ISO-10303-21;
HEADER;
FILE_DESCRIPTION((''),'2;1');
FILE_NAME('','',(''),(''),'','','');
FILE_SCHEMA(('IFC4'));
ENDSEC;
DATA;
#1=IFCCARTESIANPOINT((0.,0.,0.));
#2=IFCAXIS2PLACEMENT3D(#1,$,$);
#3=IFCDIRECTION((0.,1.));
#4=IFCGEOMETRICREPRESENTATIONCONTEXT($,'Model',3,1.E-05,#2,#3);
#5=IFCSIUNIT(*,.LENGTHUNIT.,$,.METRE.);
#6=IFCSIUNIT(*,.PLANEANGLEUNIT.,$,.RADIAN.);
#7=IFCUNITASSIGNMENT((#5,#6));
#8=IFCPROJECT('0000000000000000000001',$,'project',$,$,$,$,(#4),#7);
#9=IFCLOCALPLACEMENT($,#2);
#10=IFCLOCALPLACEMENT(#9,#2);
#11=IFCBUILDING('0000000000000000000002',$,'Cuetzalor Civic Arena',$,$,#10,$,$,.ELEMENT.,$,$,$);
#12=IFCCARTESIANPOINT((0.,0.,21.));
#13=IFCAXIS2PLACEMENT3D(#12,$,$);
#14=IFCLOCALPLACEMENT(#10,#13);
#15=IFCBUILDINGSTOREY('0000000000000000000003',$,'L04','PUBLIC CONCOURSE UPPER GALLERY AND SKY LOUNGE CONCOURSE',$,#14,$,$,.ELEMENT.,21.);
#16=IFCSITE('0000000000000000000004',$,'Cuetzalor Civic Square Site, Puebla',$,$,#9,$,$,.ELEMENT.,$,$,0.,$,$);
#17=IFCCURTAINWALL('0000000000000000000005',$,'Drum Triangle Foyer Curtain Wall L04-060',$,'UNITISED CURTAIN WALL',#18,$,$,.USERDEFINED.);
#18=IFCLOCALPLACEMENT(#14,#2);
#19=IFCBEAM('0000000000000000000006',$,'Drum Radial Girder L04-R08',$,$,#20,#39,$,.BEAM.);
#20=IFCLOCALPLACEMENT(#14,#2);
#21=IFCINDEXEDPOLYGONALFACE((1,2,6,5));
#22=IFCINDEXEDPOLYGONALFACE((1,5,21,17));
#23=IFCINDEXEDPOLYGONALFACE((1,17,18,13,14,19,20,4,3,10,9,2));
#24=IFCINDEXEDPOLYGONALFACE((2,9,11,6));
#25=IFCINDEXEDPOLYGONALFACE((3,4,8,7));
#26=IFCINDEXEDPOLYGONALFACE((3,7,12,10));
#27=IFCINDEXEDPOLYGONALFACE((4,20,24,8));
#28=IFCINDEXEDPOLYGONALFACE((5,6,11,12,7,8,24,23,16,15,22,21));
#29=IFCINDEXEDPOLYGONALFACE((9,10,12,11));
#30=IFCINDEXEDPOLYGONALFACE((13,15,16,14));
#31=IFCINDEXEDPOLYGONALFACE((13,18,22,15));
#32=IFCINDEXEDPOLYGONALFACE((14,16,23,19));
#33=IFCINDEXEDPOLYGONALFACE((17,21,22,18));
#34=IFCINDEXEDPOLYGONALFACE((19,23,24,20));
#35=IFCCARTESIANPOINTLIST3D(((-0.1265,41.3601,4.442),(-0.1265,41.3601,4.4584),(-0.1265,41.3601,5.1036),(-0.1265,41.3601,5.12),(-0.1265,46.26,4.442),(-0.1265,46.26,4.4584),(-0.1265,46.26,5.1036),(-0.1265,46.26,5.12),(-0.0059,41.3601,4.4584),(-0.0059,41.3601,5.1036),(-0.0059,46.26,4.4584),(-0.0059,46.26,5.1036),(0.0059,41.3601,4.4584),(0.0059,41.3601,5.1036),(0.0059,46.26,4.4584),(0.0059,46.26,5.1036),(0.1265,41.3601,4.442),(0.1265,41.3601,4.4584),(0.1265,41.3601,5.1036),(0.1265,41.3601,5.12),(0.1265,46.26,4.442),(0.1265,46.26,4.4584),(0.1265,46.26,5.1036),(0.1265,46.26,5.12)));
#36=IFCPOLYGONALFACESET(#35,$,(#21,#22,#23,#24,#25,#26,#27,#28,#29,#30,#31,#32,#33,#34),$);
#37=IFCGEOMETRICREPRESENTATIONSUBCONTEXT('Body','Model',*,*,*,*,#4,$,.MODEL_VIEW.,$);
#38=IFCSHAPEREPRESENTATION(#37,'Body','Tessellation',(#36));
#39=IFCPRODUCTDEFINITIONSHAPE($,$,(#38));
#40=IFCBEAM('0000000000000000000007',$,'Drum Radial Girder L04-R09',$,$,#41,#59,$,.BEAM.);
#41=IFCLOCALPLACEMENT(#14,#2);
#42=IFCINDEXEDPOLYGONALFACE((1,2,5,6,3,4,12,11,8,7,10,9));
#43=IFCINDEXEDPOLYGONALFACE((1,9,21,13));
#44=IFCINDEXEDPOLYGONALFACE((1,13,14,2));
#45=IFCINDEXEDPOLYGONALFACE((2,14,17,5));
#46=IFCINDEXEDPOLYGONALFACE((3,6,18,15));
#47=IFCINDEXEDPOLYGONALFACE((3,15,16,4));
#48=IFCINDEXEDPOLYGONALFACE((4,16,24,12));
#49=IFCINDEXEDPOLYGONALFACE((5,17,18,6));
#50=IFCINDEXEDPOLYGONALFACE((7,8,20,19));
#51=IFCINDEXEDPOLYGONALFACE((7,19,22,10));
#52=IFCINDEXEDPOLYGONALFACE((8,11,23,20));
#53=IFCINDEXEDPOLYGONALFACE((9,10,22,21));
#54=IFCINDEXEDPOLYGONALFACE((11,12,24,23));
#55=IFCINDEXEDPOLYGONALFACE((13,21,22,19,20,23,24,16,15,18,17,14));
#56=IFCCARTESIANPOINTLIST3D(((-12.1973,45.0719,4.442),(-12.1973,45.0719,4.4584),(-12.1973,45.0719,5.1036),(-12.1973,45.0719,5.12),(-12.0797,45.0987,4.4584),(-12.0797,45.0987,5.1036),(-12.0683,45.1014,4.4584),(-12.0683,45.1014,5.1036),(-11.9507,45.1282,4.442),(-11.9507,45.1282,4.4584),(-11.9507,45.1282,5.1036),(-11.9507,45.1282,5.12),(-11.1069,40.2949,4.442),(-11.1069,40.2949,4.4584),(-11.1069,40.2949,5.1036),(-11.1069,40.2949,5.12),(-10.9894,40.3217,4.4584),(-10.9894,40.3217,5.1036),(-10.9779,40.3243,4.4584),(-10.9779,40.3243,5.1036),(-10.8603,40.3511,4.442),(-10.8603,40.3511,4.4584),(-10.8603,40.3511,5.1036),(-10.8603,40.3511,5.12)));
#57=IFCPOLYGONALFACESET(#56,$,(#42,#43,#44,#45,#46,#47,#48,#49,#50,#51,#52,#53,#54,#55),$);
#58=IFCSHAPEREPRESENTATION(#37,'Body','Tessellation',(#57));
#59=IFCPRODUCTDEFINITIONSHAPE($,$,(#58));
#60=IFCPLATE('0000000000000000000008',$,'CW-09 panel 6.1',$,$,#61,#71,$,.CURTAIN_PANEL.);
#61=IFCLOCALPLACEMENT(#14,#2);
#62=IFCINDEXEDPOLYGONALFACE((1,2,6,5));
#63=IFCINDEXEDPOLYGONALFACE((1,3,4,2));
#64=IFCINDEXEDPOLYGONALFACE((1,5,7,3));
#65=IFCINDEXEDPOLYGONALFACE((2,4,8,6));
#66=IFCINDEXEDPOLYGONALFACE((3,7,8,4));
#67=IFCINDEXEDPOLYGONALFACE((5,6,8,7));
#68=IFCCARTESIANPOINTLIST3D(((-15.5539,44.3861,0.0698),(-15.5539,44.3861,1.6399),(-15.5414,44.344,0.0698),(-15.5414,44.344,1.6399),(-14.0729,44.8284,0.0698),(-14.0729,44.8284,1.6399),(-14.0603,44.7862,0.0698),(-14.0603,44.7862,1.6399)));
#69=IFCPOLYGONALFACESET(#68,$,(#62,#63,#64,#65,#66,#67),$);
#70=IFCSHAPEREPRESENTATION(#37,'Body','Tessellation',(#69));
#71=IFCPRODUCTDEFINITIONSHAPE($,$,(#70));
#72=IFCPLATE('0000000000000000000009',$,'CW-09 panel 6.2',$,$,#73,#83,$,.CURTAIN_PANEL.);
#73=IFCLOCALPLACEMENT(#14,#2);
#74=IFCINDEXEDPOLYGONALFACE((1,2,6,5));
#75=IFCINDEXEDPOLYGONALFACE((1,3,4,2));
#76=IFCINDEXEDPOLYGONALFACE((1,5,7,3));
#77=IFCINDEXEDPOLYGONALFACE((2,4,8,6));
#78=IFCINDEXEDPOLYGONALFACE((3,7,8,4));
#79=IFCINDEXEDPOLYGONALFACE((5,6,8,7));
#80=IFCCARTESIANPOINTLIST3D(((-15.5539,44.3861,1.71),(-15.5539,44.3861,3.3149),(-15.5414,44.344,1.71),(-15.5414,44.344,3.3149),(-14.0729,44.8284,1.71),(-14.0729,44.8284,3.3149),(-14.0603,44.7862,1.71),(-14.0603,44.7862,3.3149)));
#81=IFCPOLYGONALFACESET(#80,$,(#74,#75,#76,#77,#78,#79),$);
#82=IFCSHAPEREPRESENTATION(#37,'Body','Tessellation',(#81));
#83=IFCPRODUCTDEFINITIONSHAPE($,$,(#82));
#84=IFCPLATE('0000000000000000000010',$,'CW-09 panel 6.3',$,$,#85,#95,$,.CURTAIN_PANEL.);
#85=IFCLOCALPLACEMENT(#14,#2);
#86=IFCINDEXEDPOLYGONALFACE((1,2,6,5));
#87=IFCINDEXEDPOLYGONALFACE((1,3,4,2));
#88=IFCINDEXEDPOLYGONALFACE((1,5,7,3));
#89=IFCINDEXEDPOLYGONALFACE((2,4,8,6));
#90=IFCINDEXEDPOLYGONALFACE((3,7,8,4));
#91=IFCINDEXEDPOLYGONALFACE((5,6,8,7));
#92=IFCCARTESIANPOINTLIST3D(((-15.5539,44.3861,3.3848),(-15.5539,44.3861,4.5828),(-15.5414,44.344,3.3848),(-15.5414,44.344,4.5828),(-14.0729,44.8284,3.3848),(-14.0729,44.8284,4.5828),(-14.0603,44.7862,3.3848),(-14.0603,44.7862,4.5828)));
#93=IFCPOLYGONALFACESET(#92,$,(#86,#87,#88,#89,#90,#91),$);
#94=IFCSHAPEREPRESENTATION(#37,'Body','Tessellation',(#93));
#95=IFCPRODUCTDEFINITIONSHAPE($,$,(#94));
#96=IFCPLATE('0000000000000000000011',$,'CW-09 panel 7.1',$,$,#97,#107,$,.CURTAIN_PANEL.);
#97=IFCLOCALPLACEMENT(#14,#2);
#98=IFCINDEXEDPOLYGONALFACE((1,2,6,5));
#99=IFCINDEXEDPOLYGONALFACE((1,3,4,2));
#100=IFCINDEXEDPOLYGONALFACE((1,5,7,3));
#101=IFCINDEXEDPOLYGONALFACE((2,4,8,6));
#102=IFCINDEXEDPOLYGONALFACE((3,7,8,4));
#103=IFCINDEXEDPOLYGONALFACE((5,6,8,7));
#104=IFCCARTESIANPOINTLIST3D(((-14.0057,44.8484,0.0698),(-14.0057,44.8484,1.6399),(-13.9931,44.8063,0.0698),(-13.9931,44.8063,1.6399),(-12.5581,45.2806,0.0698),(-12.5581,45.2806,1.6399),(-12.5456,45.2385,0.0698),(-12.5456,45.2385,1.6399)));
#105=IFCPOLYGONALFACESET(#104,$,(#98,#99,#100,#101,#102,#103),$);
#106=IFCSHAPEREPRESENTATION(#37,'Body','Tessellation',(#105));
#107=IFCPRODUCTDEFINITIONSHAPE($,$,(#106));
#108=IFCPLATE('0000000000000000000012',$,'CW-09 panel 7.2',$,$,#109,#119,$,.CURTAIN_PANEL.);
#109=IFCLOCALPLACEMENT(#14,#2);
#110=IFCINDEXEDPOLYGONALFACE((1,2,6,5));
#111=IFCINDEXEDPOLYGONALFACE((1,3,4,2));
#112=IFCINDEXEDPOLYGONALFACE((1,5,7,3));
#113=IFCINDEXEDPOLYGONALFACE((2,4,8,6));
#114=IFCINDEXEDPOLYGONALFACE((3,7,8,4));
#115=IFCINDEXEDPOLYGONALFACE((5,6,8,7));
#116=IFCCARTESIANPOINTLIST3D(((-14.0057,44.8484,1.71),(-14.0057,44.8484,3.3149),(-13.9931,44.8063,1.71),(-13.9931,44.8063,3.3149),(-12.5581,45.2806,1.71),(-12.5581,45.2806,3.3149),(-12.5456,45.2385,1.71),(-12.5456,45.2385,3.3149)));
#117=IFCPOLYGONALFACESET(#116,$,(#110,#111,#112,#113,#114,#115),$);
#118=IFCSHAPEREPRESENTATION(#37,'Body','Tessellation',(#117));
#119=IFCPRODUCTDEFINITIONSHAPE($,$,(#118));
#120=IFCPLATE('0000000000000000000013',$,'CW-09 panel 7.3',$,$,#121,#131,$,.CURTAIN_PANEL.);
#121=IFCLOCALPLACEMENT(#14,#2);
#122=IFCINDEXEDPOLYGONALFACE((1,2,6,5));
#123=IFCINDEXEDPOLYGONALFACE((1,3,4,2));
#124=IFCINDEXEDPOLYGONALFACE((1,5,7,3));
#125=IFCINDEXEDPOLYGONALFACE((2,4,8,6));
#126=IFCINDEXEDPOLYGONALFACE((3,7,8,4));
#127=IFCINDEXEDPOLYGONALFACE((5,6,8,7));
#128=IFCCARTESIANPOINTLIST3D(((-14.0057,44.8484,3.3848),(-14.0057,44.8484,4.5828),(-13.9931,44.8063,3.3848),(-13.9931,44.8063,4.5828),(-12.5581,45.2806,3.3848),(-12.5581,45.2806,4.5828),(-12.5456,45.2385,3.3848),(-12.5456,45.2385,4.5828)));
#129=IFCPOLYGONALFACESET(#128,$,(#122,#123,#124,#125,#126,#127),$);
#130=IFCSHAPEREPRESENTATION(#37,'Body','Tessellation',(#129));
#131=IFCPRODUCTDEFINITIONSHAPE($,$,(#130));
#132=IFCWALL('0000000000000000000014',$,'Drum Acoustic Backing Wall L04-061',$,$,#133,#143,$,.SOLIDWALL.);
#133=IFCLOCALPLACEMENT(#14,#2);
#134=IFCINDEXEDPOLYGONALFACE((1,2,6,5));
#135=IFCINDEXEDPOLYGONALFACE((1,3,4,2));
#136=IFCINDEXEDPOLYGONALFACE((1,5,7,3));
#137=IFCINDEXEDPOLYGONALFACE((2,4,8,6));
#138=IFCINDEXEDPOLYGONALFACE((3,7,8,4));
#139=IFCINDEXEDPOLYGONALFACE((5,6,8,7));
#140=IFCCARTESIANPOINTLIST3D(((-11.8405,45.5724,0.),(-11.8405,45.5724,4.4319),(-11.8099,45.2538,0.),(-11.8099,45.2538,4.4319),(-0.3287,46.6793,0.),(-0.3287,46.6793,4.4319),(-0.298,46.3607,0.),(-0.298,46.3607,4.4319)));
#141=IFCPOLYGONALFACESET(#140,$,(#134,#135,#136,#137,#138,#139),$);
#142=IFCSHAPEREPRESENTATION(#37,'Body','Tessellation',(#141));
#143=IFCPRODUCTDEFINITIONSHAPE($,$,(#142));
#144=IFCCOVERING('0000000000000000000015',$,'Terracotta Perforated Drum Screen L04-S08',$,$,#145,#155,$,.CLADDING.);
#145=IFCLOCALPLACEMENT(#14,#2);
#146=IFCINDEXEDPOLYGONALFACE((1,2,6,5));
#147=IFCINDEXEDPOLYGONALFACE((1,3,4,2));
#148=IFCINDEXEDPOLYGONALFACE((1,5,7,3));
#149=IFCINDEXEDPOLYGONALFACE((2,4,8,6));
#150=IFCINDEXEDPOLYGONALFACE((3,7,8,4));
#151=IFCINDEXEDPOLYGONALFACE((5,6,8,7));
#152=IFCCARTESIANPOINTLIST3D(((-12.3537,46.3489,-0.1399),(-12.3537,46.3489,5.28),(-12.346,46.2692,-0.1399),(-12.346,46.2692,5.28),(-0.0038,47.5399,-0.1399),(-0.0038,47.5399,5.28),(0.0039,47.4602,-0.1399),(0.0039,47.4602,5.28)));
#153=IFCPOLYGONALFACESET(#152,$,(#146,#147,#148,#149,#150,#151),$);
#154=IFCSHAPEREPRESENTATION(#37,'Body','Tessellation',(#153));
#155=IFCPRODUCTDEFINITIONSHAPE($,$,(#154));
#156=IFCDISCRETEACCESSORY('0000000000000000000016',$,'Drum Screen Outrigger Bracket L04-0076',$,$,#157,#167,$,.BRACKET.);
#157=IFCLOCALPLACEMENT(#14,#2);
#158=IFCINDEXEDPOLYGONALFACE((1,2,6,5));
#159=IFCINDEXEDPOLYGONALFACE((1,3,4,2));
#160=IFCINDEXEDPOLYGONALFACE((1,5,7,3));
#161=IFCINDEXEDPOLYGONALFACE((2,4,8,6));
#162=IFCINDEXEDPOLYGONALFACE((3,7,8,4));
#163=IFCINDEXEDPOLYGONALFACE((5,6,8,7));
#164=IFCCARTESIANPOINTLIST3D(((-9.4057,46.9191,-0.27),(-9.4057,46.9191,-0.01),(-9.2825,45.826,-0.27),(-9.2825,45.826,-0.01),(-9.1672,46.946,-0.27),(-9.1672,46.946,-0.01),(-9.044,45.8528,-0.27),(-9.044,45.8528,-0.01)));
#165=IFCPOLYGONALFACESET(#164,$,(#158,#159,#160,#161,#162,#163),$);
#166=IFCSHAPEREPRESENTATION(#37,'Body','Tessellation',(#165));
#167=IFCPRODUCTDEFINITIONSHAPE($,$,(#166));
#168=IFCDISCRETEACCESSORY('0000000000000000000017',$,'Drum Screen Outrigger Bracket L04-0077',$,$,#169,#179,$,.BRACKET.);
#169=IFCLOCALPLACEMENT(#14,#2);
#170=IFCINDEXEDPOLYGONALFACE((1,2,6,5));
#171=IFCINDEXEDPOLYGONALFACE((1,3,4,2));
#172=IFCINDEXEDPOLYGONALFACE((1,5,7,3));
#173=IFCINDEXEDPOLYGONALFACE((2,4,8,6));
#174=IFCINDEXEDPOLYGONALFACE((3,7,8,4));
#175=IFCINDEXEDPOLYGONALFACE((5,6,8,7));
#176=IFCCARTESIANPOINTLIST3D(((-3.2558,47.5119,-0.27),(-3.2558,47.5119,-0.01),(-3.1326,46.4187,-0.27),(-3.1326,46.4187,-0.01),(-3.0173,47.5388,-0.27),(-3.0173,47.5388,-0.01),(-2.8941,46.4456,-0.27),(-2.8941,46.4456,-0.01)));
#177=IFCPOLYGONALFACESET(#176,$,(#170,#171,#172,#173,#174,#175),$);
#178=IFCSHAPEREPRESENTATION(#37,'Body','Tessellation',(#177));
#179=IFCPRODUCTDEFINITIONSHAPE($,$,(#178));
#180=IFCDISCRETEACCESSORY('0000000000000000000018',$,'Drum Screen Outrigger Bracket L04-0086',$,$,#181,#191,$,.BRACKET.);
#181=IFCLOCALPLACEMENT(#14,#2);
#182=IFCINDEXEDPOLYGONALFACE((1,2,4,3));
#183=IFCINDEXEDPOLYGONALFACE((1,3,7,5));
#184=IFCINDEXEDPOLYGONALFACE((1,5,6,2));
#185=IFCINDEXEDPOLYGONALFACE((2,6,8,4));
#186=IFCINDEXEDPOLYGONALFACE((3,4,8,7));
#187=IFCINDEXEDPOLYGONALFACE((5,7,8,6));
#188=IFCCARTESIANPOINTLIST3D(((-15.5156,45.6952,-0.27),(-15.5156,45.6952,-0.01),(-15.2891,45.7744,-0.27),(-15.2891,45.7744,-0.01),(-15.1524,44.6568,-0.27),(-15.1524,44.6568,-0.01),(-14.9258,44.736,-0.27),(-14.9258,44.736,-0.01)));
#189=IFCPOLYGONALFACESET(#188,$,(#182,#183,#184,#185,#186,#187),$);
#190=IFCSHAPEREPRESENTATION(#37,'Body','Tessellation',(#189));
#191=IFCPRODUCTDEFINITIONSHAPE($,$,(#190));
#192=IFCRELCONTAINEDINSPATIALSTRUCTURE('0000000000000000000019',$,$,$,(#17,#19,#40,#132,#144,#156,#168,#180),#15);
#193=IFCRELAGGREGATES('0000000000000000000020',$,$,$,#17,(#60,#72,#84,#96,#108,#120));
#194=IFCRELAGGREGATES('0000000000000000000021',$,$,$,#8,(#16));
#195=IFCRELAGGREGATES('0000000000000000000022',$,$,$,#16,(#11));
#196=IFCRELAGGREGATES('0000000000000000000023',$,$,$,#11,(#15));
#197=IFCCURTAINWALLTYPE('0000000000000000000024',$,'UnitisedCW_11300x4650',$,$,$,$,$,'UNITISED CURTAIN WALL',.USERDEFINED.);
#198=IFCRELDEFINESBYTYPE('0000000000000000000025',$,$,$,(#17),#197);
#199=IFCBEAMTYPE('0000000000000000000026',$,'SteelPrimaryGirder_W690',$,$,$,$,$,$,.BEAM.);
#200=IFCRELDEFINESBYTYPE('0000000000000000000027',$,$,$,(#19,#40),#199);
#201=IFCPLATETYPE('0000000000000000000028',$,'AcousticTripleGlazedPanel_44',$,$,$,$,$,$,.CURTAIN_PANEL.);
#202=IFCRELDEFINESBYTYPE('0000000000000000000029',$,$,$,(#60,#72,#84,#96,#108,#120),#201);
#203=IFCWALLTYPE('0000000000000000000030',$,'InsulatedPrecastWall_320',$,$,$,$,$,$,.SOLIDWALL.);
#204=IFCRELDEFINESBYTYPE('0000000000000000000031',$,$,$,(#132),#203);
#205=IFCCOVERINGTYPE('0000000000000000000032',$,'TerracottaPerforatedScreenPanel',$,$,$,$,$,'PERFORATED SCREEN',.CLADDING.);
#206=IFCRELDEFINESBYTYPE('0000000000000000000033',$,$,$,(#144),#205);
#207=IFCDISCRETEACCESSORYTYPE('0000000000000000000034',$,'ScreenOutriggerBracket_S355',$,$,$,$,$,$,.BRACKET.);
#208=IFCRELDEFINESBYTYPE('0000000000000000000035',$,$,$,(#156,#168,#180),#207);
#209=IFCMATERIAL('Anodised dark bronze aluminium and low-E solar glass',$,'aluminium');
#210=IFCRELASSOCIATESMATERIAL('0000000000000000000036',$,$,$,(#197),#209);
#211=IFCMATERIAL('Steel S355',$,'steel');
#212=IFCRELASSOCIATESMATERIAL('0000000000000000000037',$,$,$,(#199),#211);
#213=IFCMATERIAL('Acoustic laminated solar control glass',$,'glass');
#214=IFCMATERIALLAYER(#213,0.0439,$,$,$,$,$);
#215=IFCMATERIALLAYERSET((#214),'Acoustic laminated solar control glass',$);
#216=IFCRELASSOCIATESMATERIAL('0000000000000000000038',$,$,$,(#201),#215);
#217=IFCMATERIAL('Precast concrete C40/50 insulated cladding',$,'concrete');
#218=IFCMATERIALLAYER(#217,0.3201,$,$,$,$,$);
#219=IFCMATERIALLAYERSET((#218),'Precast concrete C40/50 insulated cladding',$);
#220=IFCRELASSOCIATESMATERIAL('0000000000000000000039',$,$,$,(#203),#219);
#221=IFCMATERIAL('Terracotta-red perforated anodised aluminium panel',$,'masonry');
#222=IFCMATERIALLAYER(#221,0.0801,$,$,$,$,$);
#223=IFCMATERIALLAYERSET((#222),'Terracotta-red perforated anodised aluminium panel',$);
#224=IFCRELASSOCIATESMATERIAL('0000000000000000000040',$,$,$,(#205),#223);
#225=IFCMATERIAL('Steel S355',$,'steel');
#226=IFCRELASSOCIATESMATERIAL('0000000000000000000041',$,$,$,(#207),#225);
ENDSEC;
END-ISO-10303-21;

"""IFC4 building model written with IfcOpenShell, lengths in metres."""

from ifc_helpers import new_model, si_unit, direction, frame, frame_2d, origin, origin_2d, place, context, subcontext, project, spatial, rectangle, i_section, extrude, material, layer, layer_set, material_profile, profile_set, type_object, element, aggregate, save


model = new_model("IFC4")

# Units and contexts
model_context = context("Model", 3, precision=1e-05, world=origin(), true_north=direction((0.0, 1.0)))
body_context = subcontext(model_context, "Body", "Model", "MODEL_VIEW")
ifc_project = project(units=[si_unit("LENGTHUNIT", "METRE"), si_unit("PLANEANGLEUNIT", "RADIAN")], contexts=[model_context])

# Site, building, storey
site_placement = place(None, origin())
site = spatial("IfcSite", under=ifc_project, at=site_placement, Name="Cuetzalor Civic Square Site, Puebla", CompositionType="ELEMENT", RefElevation=0.0)
building_placement = place(site_placement, origin())
building = spatial("IfcBuilding", under=site, at=building_placement, Name="Cuetzalor Civic Arena", CompositionType="ELEMENT")
storey_placement = place(building_placement, frame((0.0, 0.0, 21.0)))
storey = spatial("IfcBuildingStorey", under=building, at=storey_placement, Name="L04", Description="PUBLIC CONCOURSE UPPER GALLERY AND SKY LOUNGE CONCOURSE", CompositionType="ELEMENT", Elevation=21.0)

# Curtain wall
ifc_material_1 = material(Name="Anodised dark bronze aluminium and low-E solar glass", Category="aluminium")
curtain_wall_type = type_object("IfcCurtainWallType", Name="UnitisedCW_11300x4650", ElementType="UNITISED CURTAIN WALL", PredefinedType="USERDEFINED", material=ifc_material_1)
curtain_wall_placement = place(storey_placement, origin())
curtain_wall = element("IfcCurtainWall", 1, at=curtain_wall_placement, inside=storey, type_object=curtain_wall_type, Name="Drum Triangle Foyer Curtain Wall L04-060", ObjectType="UNITISED CURTAIN WALL", PredefinedType="USERDEFINED")

# Beams
ifc_material_2 = material(Name="Steel S355", Category="steel")
ifc_material_profile_1 = material_profile(ifc_material_2, i_section(OverallWidth=0.2529, OverallDepth=0.678, WebThickness=0.0117, FlangeThickness=0.0164, at=origin_2d()), Name="W690x125")
ifc_profile_set_1 = profile_set([ifc_material_profile_1], Name="Steel S355")
beam_type_1 = type_object("IfcBeamType", Name="SteelPrimaryGirder_W690", PredefinedType="BEAM", material=ifc_profile_set_1)
for number, where, z_axis, x_axis, name in (
    (2, (0.0, 41.3601, 4.781), (0.0, 1.0, 0.0), (-1.0, 0.0, 0.0), "Drum Radial Girder L04-R08"),
    (3, (-10.9836, 40.323, 4.781), (-0.222519, 0.974928, 0.0), (-0.974928, -0.222519, 0.0), "Drum Radial Girder L04-R09"),
):
    element("IfcBeam", number, at=place(storey_placement, frame(where, z_axis=z_axis, x_axis=x_axis)), inside=storey, type_object=beam_type_1, Name=name, PredefinedType="BEAM", context=body_context, shape_type="SweptSolid", body=[
        extrude(i_section(OverallWidth=0.2529, OverallDepth=0.678, WebThickness=0.0117, FlangeThickness=0.0164, at=origin_2d()), origin(), (0.0, 0.0, 1.0), 4.8999),
    ])

# Plates
ifc_material_3 = material(Name="Acoustic laminated solar control glass", Category="glass")
ifc_layer_1 = layer(ifc_material_3, 0.0439)
ifc_layer_set_1 = layer_set([ifc_layer_1], Name="Acoustic laminated solar control glass")
plate_type = type_object("IfcPlateType", Name="AcousticTripleGlazedPanel_44", PredefinedType="CURTAIN_PANEL", material=ifc_layer_set_1)
plate_1_placement = place(storey_placement, frame((-14.8071, 44.5862, 0.0698), z_axis=(0.0, 0.0, 1.0), x_axis=(0.958194, 0.28612, 0.0)))
plate_1 = element("IfcPlate", 4, at=plate_1_placement, type_object=plate_type, Name="CW-09 panel 6.1", PredefinedType="CURTAIN_PANEL", context=body_context, shape_type="SweptSolid", body=[
    extrude(rectangle(XDim=1.5457, YDim=0.0439, at=origin_2d()), origin(), (0.0, 0.0, 1.0), 1.5701),
])
plate_2_placement = place(storey_placement, frame((-14.8071, 44.5862, 1.71), z_axis=(0.0, 0.0, 1.0), x_axis=(0.958194, 0.28612, 0.0)))
plate_2 = element("IfcPlate", 5, at=plate_2_placement, type_object=plate_type, Name="CW-09 panel 6.2", PredefinedType="CURTAIN_PANEL", context=body_context, shape_type="SweptSolid", body=[
    extrude(rectangle(XDim=1.5457, YDim=0.0439, at=origin_2d()), origin(), (0.0, 0.0, 1.0), 1.605),
])
plate_3_placement = place(storey_placement, frame((-14.8071, 44.5862, 3.3848), z_axis=(0.0, 0.0, 1.0), x_axis=(0.958194, 0.28612, 0.0)))
plate_3 = element("IfcPlate", 6, at=plate_3_placement, type_object=plate_type, Name="CW-09 panel 6.3", PredefinedType="CURTAIN_PANEL", context=body_context, shape_type="SweptSolid", body=[
    extrude(rectangle(XDim=1.5457, YDim=0.0439, at=origin_2d()), origin(), (0.0, 0.0, 1.0), 1.198),
])
plate_4_placement = place(storey_placement, frame((-13.2756, 45.0435, 0.0698), z_axis=(0.0, 0.0, 1.0), x_axis=(0.958194, 0.28612, 0.0)))
plate_4 = element("IfcPlate", 7, at=plate_4_placement, type_object=plate_type, Name="CW-09 panel 7.1", PredefinedType="CURTAIN_PANEL", context=body_context, shape_type="SweptSolid", body=[
    extrude(rectangle(XDim=1.5107, YDim=0.0439, at=origin_2d()), origin(), (0.0, 0.0, 1.0), 1.5701),
])
plate_5_placement = place(storey_placement, frame((-13.2756, 45.0435, 1.71), z_axis=(0.0, 0.0, 1.0), x_axis=(0.958194, 0.28612, 0.0)))
plate_5 = element("IfcPlate", 8, at=plate_5_placement, type_object=plate_type, Name="CW-09 panel 7.2", PredefinedType="CURTAIN_PANEL", context=body_context, shape_type="SweptSolid", body=[
    extrude(rectangle(XDim=1.5107, YDim=0.0439, at=origin_2d()), origin(), (0.0, 0.0, 1.0), 1.605),
])
plate_6_placement = place(storey_placement, frame((-13.2756, 45.0435, 3.3848), z_axis=(0.0, 0.0, 1.0), x_axis=(0.958194, 0.28612, 0.0)))
plate_6 = element("IfcPlate", 9, at=plate_6_placement, type_object=plate_type, Name="CW-09 panel 7.3", PredefinedType="CURTAIN_PANEL", context=body_context, shape_type="SweptSolid", body=[
    extrude(rectangle(XDim=1.5107, YDim=0.0439, at=origin_2d()), origin(), (0.0, 0.0, 1.0), 1.198),
])
aggregate(curtain_wall, [plate_1, plate_2, plate_3, plate_4, plate_5, plate_6])

# Wall
ifc_material_4 = material(Name="Precast concrete C40/50 insulated cladding", Category="concrete")
ifc_layer_2 = layer(ifc_material_4, 0.3201)
ifc_layer_set_2 = layer_set([ifc_layer_2], Name="Precast concrete C40/50 insulated cladding")
wall_type = type_object("IfcWallType", Name="InsulatedPrecastWall_320", PredefinedType="SOLIDWALL", material=ifc_layer_set_2)
wall_placement = place(storey_placement, frame((-11.8252, 45.4131, 0.0), z_axis=(0.0, 0.0, 1.0), x_axis=(0.995409, 0.095714, 0.0)))
element("IfcWall", 10, at=wall_placement, inside=storey, type_object=wall_type, Name="Drum Acoustic Backing Wall L04-061", PredefinedType="SOLIDWALL", context=body_context, shape_type="SweptSolid", body=[
    extrude(rectangle(XDim=11.5649, YDim=0.3201, at=frame_2d((5.7825, 0.0))), origin(), (0.0, 0.0, 1.0), 4.4319),
])

# Covering
ifc_material_5 = material(Name="Terracotta-red perforated anodised aluminium panel", Category="masonry")
ifc_layer_3 = layer(ifc_material_5, 0.0801)
ifc_layer_set_3 = layer_set([ifc_layer_3], Name="Terracotta-red perforated anodised aluminium panel")
covering_type = type_object("IfcCoveringType", Name="TerracottaPerforatedScreenPanel", ElementType="PERFORATED SCREEN", PredefinedType="CLADDING", material=ifc_layer_set_3)
covering_placement = place(storey_placement, frame((-12.3499, 46.3091, -0.1399), z_axis=(0.0, 0.0, 1.0), x_axis=(0.995383, 0.095986, 0.0)))
element("IfcCovering", 11, at=covering_placement, inside=storey, type_object=covering_type, Name="Terracotta Perforated Drum Screen L04-S08", PredefinedType="CLADDING", context=body_context, shape_type="SweptSolid", body=[
    extrude(rectangle(XDim=12.4072, YDim=0.0801, at=frame_2d((6.2036, 0.0))), origin(), (0.0, 0.0, 1.0), 5.4199),
])

# Discrete accessories
ifc_material_6 = material(Name="Steel S355", Category="steel")
discrete_accessory_type = type_object("IfcDiscreteAccessoryType", Name="ScreenOutriggerBracket_S355", PredefinedType="BRACKET", material=ifc_material_6)
for number, where, z_axis, x_axis, name in (
    (12, (-9.2249, 46.386, -0.27), (0.0, 0.0, 1.0), (-0.111989, 0.993709, 0.0), "Drum Screen Outrigger Bracket L04-0076"),
    (13, (-3.075, 46.9788, -0.27), (0.0, 0.0, 1.0), (-0.111989, 0.993709, 0.0), "Drum Screen Outrigger Bracket L04-0077"),
    (14, (-15.2207, 45.2156, -0.27), (0.0, 0.0, 1.0), (-0.330185, 0.943916, 0.0), "Drum Screen Outrigger Bracket L04-0086"),
):
    element("IfcDiscreteAccessory", number, at=place(storey_placement, frame(where, z_axis=z_axis, x_axis=x_axis)), inside=storey, type_object=discrete_accessory_type, Name=name, PredefinedType="BRACKET", context=body_context, shape_type="SweptSolid", body=[
        extrude(rectangle(XDim=1.1001, YDim=0.24, at=origin_2d()), origin(), (0.0, 0.0, 1.0), 0.26),
    ])

save(model, "model.ifc")
